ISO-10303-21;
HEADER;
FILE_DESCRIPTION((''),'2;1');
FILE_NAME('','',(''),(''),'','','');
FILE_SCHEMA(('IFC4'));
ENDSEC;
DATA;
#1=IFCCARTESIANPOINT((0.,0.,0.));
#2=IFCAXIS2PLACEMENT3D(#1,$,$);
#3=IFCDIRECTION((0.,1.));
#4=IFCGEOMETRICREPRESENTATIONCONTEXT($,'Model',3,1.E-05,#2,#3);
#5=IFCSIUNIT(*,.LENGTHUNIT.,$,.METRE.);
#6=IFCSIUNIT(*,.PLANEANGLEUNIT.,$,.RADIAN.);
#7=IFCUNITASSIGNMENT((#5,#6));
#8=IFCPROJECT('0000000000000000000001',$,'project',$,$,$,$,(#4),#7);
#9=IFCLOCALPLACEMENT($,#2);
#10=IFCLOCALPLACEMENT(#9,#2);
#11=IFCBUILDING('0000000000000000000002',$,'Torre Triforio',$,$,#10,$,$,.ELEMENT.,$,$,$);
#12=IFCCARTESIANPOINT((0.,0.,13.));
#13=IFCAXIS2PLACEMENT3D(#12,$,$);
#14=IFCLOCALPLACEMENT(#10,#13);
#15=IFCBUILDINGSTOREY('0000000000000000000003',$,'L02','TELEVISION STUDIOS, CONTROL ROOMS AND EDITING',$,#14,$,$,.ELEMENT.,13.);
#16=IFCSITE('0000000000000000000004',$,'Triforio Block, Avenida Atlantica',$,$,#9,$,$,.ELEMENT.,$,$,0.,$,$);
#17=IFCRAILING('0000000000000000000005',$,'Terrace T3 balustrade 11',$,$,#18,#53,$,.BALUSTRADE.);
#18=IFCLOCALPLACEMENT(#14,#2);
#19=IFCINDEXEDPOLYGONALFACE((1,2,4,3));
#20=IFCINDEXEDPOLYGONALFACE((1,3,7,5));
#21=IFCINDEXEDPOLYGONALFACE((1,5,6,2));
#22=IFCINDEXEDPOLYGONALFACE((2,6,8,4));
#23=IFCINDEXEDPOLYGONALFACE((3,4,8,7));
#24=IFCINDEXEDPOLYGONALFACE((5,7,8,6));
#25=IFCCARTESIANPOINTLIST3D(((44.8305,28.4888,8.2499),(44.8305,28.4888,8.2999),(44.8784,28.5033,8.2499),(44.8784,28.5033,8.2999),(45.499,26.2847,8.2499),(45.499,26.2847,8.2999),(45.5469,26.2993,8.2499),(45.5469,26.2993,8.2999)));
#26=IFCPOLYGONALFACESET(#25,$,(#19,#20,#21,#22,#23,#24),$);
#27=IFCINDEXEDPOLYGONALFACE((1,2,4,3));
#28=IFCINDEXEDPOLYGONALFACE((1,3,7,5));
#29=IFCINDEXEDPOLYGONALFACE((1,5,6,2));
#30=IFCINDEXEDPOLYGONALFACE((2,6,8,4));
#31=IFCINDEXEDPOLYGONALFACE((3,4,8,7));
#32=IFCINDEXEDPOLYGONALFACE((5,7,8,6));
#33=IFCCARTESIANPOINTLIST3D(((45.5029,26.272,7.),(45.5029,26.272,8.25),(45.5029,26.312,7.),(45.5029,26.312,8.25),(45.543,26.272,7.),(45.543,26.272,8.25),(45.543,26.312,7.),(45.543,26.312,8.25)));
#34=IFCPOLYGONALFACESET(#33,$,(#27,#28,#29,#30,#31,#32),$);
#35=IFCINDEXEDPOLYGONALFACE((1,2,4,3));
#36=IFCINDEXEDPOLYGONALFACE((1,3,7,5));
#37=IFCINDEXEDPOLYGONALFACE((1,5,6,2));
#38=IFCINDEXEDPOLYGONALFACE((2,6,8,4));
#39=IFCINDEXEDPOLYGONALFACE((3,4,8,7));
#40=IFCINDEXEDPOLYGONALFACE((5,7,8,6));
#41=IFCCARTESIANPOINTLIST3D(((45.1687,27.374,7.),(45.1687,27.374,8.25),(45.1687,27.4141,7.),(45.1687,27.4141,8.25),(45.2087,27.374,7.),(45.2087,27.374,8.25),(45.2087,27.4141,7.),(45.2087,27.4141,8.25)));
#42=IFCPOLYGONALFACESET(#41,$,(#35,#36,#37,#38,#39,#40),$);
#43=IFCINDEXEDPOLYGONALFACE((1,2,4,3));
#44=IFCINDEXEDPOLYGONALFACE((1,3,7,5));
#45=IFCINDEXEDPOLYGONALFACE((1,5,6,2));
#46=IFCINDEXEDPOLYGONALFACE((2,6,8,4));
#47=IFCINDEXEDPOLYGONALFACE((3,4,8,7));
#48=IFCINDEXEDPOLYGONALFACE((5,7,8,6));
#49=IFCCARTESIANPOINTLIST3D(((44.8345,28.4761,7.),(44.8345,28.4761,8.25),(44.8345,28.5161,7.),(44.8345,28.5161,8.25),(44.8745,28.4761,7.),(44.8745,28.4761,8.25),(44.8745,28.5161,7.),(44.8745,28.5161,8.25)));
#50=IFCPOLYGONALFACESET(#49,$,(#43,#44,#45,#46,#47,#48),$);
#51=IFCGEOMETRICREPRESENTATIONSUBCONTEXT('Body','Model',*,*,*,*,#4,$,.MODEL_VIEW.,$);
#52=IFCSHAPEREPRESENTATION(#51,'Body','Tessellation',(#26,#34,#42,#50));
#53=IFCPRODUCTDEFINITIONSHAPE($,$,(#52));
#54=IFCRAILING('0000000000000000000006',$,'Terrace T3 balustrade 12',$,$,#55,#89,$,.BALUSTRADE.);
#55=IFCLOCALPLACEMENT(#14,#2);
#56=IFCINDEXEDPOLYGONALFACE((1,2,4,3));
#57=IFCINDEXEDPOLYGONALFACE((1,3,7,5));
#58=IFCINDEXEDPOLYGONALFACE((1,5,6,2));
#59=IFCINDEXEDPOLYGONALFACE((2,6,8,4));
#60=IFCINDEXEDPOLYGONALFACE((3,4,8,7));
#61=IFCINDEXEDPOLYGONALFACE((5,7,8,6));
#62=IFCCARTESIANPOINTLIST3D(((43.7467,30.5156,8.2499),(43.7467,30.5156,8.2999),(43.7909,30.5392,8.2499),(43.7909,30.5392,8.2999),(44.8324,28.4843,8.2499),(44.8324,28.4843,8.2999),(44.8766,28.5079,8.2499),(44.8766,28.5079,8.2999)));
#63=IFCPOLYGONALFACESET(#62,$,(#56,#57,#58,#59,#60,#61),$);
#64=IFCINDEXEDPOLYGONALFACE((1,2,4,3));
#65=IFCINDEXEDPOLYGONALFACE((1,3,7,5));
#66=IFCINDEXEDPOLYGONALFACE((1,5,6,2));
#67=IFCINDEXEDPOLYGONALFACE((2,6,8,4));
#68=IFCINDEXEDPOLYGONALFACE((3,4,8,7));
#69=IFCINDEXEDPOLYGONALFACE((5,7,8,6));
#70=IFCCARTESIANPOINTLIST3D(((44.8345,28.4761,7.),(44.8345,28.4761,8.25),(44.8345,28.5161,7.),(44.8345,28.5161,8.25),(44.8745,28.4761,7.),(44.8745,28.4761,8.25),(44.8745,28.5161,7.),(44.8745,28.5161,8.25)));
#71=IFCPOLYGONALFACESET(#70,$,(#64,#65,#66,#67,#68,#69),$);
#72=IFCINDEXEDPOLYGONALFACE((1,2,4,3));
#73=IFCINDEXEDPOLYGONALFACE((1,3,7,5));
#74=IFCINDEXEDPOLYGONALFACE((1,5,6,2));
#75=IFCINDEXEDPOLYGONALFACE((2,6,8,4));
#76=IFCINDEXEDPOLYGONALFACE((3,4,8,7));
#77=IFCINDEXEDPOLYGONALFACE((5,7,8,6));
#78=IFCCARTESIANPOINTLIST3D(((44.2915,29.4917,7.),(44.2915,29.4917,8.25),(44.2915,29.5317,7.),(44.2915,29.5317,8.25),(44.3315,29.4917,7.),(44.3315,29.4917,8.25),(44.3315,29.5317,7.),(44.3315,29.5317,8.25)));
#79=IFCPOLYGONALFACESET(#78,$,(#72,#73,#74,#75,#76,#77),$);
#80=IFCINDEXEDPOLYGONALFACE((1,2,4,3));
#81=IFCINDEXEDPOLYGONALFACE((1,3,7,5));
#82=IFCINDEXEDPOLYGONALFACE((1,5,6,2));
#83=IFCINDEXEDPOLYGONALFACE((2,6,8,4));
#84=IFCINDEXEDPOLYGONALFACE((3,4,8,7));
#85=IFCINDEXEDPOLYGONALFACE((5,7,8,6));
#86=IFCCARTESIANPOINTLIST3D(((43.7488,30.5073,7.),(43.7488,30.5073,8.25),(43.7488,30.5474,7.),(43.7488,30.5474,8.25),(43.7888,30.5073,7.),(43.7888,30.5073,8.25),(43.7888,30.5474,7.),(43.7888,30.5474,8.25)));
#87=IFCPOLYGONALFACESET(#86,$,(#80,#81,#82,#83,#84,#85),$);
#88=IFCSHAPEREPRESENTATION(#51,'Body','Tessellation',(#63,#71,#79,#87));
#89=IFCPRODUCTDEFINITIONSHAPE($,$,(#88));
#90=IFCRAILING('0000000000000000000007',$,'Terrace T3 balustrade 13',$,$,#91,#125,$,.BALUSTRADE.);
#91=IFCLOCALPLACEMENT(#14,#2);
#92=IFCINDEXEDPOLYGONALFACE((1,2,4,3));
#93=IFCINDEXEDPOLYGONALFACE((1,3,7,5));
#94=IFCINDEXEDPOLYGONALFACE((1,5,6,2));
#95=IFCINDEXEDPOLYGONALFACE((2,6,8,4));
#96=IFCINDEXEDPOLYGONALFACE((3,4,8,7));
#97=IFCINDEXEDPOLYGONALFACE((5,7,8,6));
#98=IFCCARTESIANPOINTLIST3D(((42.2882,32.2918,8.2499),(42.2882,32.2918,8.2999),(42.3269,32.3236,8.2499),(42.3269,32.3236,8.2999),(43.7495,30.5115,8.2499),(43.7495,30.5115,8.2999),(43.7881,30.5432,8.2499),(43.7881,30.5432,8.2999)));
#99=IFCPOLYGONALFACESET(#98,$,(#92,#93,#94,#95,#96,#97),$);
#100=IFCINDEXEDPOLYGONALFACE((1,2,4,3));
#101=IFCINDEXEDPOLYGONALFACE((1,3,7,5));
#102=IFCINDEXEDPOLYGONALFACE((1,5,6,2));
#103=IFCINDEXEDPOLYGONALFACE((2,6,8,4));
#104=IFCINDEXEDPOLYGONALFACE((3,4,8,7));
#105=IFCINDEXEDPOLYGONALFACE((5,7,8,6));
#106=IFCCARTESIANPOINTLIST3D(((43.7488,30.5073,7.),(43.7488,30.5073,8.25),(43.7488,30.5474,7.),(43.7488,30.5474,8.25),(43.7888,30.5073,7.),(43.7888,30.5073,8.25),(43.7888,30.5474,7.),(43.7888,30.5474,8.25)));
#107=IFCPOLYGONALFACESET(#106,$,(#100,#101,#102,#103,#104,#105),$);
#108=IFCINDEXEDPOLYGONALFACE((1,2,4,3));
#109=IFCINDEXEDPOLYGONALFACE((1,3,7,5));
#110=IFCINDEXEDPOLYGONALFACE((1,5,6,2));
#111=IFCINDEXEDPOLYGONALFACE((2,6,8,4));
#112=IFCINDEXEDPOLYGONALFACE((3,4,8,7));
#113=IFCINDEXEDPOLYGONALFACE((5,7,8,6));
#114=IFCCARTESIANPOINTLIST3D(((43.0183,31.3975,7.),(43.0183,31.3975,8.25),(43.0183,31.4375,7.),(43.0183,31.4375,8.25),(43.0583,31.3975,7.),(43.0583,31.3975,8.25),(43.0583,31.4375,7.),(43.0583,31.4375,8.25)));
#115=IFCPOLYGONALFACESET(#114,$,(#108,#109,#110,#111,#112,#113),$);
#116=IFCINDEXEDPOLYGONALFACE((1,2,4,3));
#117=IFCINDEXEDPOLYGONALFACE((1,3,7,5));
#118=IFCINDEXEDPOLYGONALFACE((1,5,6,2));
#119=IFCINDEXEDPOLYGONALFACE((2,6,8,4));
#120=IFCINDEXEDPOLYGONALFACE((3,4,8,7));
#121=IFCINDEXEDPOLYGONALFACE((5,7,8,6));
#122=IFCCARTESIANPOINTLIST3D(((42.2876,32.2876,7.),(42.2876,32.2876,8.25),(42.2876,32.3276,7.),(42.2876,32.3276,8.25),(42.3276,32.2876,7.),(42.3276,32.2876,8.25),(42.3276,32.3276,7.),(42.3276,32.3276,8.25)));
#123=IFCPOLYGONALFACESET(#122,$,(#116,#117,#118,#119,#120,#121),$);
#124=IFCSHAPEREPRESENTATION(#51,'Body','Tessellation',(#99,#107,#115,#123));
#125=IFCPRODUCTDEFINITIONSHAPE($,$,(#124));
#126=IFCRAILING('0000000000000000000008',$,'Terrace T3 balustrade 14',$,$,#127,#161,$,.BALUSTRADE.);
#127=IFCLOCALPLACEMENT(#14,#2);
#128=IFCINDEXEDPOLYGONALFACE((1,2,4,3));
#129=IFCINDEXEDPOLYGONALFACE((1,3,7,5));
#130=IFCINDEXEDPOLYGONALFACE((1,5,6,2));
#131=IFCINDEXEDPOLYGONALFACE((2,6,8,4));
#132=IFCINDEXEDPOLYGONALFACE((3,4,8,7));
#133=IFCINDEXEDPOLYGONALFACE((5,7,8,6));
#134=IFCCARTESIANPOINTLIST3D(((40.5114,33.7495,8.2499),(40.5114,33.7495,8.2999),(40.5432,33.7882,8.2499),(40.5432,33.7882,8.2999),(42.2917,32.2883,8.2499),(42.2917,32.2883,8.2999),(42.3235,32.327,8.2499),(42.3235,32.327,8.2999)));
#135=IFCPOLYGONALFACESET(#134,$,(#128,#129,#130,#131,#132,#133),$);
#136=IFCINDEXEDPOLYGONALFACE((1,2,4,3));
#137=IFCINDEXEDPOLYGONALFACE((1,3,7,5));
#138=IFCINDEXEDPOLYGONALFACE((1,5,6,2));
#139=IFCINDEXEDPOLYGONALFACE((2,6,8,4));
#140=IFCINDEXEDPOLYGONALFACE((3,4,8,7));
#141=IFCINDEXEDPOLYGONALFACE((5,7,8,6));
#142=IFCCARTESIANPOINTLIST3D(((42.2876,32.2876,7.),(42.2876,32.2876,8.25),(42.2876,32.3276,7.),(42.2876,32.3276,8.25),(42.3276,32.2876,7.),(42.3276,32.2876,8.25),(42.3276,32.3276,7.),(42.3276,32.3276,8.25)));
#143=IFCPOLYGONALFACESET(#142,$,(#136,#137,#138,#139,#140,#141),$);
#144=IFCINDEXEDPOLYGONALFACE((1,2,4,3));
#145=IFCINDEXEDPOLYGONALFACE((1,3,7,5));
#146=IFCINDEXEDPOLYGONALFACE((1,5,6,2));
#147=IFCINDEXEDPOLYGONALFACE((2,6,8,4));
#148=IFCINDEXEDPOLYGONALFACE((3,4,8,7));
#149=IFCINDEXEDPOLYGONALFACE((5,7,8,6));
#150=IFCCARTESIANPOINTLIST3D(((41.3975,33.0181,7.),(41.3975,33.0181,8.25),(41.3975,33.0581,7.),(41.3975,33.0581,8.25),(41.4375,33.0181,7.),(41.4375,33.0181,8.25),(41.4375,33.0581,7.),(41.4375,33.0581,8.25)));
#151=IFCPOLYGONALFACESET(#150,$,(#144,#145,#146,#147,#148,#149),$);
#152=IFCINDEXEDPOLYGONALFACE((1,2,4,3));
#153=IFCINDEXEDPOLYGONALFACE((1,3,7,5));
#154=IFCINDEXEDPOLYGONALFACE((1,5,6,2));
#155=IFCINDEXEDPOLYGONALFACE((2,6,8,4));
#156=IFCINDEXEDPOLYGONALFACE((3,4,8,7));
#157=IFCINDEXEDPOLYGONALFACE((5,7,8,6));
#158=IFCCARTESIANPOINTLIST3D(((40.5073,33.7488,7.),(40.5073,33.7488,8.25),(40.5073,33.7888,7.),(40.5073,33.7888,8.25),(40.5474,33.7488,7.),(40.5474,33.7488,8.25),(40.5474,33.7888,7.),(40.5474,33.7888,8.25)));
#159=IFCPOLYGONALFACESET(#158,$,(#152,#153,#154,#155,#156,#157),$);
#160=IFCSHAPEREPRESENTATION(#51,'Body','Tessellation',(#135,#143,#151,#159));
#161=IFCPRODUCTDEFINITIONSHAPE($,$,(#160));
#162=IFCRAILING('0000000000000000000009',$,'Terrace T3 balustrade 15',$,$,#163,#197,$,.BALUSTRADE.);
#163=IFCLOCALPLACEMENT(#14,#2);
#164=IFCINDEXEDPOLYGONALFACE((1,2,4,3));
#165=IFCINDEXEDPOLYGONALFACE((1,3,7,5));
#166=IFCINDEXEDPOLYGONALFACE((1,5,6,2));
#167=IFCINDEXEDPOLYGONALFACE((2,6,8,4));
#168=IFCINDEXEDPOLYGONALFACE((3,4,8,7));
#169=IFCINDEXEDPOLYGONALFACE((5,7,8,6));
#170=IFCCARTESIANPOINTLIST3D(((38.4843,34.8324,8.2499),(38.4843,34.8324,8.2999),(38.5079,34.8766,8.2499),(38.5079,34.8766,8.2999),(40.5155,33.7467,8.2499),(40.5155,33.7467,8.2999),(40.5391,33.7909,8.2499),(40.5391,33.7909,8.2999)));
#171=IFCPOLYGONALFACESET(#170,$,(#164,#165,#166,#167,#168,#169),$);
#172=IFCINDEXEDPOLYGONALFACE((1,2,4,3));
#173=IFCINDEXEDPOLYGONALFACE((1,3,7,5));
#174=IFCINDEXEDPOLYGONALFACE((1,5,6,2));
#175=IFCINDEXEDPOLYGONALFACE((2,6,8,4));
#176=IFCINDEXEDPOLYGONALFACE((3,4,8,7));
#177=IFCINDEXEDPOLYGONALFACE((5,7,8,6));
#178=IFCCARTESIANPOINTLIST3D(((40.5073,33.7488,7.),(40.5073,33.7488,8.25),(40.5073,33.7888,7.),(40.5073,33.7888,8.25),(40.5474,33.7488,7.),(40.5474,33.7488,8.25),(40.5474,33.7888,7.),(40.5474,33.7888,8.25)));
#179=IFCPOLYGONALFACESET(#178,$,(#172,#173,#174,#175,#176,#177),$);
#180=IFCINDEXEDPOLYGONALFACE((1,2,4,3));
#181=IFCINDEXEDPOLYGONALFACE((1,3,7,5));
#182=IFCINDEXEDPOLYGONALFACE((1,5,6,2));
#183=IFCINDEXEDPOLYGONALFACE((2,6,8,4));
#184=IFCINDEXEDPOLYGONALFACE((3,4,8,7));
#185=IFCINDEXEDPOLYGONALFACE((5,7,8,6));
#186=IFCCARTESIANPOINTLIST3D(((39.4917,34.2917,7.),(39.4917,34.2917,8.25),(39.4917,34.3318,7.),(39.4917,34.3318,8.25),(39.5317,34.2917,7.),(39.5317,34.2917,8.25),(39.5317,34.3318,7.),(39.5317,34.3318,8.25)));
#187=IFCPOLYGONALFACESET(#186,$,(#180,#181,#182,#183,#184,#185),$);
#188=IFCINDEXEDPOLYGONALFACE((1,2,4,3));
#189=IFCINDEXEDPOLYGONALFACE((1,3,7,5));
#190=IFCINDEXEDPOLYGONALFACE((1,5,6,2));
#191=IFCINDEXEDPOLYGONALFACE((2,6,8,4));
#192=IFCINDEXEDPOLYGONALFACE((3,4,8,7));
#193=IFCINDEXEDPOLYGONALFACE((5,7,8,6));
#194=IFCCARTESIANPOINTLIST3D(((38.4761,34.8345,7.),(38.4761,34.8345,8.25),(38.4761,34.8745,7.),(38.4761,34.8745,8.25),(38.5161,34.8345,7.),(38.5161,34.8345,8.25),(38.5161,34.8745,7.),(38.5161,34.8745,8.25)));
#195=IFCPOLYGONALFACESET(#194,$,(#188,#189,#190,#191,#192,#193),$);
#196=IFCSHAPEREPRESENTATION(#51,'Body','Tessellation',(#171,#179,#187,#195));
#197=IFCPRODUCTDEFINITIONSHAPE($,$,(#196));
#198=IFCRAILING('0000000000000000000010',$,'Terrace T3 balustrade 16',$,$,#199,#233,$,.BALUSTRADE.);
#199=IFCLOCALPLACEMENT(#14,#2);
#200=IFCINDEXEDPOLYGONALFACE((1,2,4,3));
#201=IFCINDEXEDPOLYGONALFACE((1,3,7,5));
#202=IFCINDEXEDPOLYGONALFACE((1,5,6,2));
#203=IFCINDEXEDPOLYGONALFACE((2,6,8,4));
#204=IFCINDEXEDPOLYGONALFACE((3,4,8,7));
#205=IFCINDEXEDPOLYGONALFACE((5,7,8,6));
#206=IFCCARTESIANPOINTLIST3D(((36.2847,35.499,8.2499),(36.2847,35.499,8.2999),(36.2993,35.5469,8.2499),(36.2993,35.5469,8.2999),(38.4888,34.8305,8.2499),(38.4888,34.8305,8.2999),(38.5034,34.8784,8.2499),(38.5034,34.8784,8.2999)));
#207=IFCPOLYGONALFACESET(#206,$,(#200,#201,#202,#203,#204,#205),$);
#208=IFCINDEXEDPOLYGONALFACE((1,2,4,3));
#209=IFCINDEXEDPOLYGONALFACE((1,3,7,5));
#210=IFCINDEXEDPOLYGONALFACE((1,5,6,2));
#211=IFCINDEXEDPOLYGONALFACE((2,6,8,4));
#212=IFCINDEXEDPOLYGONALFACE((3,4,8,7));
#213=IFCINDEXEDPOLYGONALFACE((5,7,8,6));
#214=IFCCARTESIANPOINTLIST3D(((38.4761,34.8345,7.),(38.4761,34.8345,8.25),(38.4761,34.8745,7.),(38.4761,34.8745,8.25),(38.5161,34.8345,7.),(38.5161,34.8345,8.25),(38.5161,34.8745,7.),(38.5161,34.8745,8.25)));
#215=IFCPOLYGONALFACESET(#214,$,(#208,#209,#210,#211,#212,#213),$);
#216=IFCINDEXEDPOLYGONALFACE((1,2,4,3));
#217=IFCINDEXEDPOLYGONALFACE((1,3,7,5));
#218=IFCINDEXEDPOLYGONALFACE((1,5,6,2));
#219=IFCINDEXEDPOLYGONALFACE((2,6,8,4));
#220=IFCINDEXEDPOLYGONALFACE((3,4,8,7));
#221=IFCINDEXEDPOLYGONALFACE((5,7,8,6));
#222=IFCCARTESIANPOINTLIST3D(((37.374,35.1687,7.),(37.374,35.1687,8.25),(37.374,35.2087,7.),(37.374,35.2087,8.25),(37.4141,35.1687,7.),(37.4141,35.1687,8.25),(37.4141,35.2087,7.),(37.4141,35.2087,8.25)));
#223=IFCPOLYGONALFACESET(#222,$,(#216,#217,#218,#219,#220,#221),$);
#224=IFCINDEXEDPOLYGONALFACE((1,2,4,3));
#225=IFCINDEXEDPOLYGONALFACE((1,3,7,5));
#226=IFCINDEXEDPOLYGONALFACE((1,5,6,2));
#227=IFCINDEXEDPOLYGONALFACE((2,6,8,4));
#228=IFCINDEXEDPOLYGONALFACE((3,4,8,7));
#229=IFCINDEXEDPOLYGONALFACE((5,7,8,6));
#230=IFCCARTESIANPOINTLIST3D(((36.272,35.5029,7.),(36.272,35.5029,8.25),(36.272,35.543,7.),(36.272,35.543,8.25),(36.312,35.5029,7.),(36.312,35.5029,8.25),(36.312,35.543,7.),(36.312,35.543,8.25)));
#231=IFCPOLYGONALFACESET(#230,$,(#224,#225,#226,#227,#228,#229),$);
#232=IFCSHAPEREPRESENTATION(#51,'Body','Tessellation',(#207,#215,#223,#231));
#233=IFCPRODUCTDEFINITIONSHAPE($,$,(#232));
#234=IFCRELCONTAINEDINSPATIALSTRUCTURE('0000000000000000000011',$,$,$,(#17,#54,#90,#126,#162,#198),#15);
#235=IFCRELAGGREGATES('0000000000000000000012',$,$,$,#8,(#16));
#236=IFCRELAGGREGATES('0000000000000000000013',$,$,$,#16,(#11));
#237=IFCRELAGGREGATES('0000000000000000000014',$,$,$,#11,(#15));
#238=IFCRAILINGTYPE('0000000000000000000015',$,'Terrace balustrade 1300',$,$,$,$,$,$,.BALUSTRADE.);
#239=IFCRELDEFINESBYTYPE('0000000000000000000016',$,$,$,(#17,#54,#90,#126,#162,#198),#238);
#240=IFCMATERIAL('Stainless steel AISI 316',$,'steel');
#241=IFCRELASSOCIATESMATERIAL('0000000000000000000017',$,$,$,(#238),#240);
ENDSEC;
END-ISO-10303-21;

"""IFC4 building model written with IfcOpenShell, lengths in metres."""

from ifc_helpers import new_model, si_unit, direction, frame, origin, origin_2d, place, context, subcontext, project, spatial, rectangle, extrude, material, type_object, element, save


model = new_model("IFC4")

# Units and contexts
model_context = context("Model", 3, precision=1e-05, world=origin(), true_north=direction((0.0, 1.0)))
body_context = subcontext(model_context, "Body", "Model", "MODEL_VIEW")
ifc_project = project(units=[si_unit("LENGTHUNIT", "METRE"), si_unit("PLANEANGLEUNIT", "RADIAN")], contexts=[model_context])

# Site, building, storey
site_placement = place(None, origin())
site = spatial("IfcSite", under=ifc_project, at=site_placement, Name="Triforio Block, Avenida Atlantica", CompositionType="ELEMENT", RefElevation=0.0)
building_placement = place(site_placement, origin())
building = spatial("IfcBuilding", under=site, at=building_placement, Name="Torre Triforio", CompositionType="ELEMENT")
storey_placement = place(building_placement, frame((0.0, 0.0, 13.0)))
storey = spatial("IfcBuildingStorey", under=building, at=storey_placement, Name="L02", Description="TELEVISION STUDIOS, CONTROL ROOMS AND EDITING", CompositionType="ELEMENT", Elevation=13.0)

# Railings
ifc_material_1 = material(Name="Stainless steel AISI 316", Category="steel")
railing_type = type_object("IfcRailingType", Name="Terrace balustrade 1300", PredefinedType="BALUSTRADE", material=ifc_material_1)
railing_1_placement = place(storey_placement, frame((45.5229, 26.292, 7.0)))
element("IfcRailing", 1, at=railing_1_placement, inside=storey, type_object=railing_type, Name="Terrace T3 balustrade 11", PredefinedType="BALUSTRADE", context=body_context, shape_type="SweptSolid", body=[
    extrude(rectangle(XDim=0.05, YDim=0.05, at=origin_2d()), frame((0.0, 0.0, 1.2749), z_axis=(-0.290225, 0.956958, 0.0), x_axis=(-0.956958, -0.290225, 0.0)), (0.0, 0.0, 1.0), 2.3032),
    extrude(rectangle(XDim=0.04, YDim=0.04, at=origin_2d()), origin(), (0.0, 0.0, 1.0), 1.25),
    extrude(rectangle(XDim=0.04, YDim=0.04, at=origin_2d()), frame((-0.3342, 1.1021, 0.0)), (0.0, 0.0, 1.0), 1.25),
    extrude(rectangle(XDim=0.04, YDim=0.04, at=origin_2d()), frame((-0.6685, 2.2041, 0.0)), (0.0, 0.0, 1.0), 1.25),
])
railing_2_placement = place(storey_placement, frame((44.8545, 28.4961, 7.0)))
element("IfcRailing", 2, at=railing_2_placement, inside=storey, type_object=railing_type, Name="Terrace T3 balustrade 12", PredefinedType="BALUSTRADE", context=body_context, shape_type="SweptSolid", body=[
    extrude(rectangle(XDim=0.05, YDim=0.05, at=origin_2d()), frame((0.0, 0.0, 1.2749), z_axis=(-0.471386, 0.881927, 0.0), x_axis=(-0.881927, -0.471386, 0.0)), (0.0, 0.0, 1.0), 2.3032),
    extrude(rectangle(XDim=0.04, YDim=0.04, at=origin_2d()), origin(), (0.0, 0.0, 1.0), 1.25),
    extrude(rectangle(XDim=0.04, YDim=0.04, at=origin_2d()), frame((-0.543, 1.0156, 0.0)), (0.0, 0.0, 1.0), 1.25),
    extrude(rectangle(XDim=0.04, YDim=0.04, at=origin_2d()), frame((-1.0857, 2.0312, 0.0)), (0.0, 0.0, 1.0), 1.25),
])
railing_3_placement = place(storey_placement, frame((43.7688, 30.5273, 7.0)))
element("IfcRailing", 3, at=railing_3_placement, inside=storey, type_object=railing_type, Name="Terrace T3 balustrade 13", PredefinedType="BALUSTRADE", context=body_context, shape_type="SweptSolid", body=[
    extrude(rectangle(XDim=0.05, YDim=0.05, at=origin_2d()), frame((0.0, 0.0, 1.2749), z_axis=(-0.634432, 0.772979, 0.0), x_axis=(-0.772979, -0.634432, 0.0)), (0.0, 0.0, 1.0), 2.3032),
    extrude(rectangle(XDim=0.04, YDim=0.04, at=origin_2d()), origin(), (0.0, 0.0, 1.0), 1.25),
    extrude(rectangle(XDim=0.04, YDim=0.04, at=origin_2d()), frame((-0.7305, 0.8901, 0.0)), (0.0, 0.0, 1.0), 1.25),
    extrude(rectangle(XDim=0.04, YDim=0.04, at=origin_2d()), frame((-1.4612, 1.7803, 0.0)), (0.0, 0.0, 1.0), 1.25),
])
railing_4_placement = place(storey_placement, frame((42.3076, 32.3076, 7.0)))
element("IfcRailing", 4, at=railing_4_placement, inside=storey, type_object=railing_type, Name="Terrace T3 balustrade 14", PredefinedType="BALUSTRADE", context=body_context, shape_type="SweptSolid", body=[
    extrude(rectangle(XDim=0.05, YDim=0.05, at=origin_2d()), frame((0.0, 0.0, 1.2749), z_axis=(-0.772979, 0.634432, 0.0), x_axis=(-0.634432, -0.772979, 0.0)), (0.0, 0.0, 1.0), 2.3032),
    extrude(rectangle(XDim=0.04, YDim=0.04, at=origin_2d()), origin(), (0.0, 0.0, 1.0), 1.25),
    extrude(rectangle(XDim=0.04, YDim=0.04, at=origin_2d()), frame((-0.8901, 0.7305, 0.0)), (0.0, 0.0, 1.0), 1.25),
    extrude(rectangle(XDim=0.04, YDim=0.04, at=origin_2d()), frame((-1.7803, 1.4612, 0.0)), (0.0, 0.0, 1.0), 1.25),
])
railing_5_placement = place(storey_placement, frame((40.5273, 33.7688, 7.0)))
element("IfcRailing", 5, at=railing_5_placement, inside=storey, type_object=railing_type, Name="Terrace T3 balustrade 15", PredefinedType="BALUSTRADE", context=body_context, shape_type="SweptSolid", body=[
    extrude(rectangle(XDim=0.05, YDim=0.05, at=origin_2d()), frame((0.0, 0.0, 1.2749), z_axis=(-0.881927, 0.471386, 0.0), x_axis=(-0.471386, -0.881927, 0.0)), (0.0, 0.0, 1.0), 2.3032),
    extrude(rectangle(XDim=0.04, YDim=0.04, at=origin_2d()), origin(), (0.0, 0.0, 1.0), 1.25),
    extrude(rectangle(XDim=0.04, YDim=0.04, at=origin_2d()), frame((-1.0156, 0.543, 0.0)), (0.0, 0.0, 1.0), 1.25),
    extrude(rectangle(XDim=0.04, YDim=0.04, at=origin_2d()), frame((-2.0312, 1.0857, 0.0)), (0.0, 0.0, 1.0), 1.25),
])
railing_6_placement = place(storey_placement, frame((38.4961, 34.8545, 7.0)))
element("IfcRailing", 6, at=railing_6_placement, inside=storey, type_object=railing_type, Name="Terrace T3 balustrade 16", PredefinedType="BALUSTRADE", context=body_context, shape_type="SweptSolid", body=[
    extrude(rectangle(XDim=0.05, YDim=0.05, at=origin_2d()), frame((0.0, 0.0, 1.2749), z_axis=(-0.956958, 0.290225, 0.0), x_axis=(-0.290225, -0.956958, 0.0)), (0.0, 0.0, 1.0), 2.3032),
    extrude(rectangle(XDim=0.04, YDim=0.04, at=origin_2d()), origin(), (0.0, 0.0, 1.0), 1.25),
    extrude(rectangle(XDim=0.04, YDim=0.04, at=origin_2d()), frame((-1.1021, 0.3342, 0.0)), (0.0, 0.0, 1.0), 1.25),
    extrude(rectangle(XDim=0.04, YDim=0.04, at=origin_2d()), frame((-2.2041, 0.6685, 0.0)), (0.0, 0.0, 1.0), 1.25),
])

save(model, "model.ifc")
